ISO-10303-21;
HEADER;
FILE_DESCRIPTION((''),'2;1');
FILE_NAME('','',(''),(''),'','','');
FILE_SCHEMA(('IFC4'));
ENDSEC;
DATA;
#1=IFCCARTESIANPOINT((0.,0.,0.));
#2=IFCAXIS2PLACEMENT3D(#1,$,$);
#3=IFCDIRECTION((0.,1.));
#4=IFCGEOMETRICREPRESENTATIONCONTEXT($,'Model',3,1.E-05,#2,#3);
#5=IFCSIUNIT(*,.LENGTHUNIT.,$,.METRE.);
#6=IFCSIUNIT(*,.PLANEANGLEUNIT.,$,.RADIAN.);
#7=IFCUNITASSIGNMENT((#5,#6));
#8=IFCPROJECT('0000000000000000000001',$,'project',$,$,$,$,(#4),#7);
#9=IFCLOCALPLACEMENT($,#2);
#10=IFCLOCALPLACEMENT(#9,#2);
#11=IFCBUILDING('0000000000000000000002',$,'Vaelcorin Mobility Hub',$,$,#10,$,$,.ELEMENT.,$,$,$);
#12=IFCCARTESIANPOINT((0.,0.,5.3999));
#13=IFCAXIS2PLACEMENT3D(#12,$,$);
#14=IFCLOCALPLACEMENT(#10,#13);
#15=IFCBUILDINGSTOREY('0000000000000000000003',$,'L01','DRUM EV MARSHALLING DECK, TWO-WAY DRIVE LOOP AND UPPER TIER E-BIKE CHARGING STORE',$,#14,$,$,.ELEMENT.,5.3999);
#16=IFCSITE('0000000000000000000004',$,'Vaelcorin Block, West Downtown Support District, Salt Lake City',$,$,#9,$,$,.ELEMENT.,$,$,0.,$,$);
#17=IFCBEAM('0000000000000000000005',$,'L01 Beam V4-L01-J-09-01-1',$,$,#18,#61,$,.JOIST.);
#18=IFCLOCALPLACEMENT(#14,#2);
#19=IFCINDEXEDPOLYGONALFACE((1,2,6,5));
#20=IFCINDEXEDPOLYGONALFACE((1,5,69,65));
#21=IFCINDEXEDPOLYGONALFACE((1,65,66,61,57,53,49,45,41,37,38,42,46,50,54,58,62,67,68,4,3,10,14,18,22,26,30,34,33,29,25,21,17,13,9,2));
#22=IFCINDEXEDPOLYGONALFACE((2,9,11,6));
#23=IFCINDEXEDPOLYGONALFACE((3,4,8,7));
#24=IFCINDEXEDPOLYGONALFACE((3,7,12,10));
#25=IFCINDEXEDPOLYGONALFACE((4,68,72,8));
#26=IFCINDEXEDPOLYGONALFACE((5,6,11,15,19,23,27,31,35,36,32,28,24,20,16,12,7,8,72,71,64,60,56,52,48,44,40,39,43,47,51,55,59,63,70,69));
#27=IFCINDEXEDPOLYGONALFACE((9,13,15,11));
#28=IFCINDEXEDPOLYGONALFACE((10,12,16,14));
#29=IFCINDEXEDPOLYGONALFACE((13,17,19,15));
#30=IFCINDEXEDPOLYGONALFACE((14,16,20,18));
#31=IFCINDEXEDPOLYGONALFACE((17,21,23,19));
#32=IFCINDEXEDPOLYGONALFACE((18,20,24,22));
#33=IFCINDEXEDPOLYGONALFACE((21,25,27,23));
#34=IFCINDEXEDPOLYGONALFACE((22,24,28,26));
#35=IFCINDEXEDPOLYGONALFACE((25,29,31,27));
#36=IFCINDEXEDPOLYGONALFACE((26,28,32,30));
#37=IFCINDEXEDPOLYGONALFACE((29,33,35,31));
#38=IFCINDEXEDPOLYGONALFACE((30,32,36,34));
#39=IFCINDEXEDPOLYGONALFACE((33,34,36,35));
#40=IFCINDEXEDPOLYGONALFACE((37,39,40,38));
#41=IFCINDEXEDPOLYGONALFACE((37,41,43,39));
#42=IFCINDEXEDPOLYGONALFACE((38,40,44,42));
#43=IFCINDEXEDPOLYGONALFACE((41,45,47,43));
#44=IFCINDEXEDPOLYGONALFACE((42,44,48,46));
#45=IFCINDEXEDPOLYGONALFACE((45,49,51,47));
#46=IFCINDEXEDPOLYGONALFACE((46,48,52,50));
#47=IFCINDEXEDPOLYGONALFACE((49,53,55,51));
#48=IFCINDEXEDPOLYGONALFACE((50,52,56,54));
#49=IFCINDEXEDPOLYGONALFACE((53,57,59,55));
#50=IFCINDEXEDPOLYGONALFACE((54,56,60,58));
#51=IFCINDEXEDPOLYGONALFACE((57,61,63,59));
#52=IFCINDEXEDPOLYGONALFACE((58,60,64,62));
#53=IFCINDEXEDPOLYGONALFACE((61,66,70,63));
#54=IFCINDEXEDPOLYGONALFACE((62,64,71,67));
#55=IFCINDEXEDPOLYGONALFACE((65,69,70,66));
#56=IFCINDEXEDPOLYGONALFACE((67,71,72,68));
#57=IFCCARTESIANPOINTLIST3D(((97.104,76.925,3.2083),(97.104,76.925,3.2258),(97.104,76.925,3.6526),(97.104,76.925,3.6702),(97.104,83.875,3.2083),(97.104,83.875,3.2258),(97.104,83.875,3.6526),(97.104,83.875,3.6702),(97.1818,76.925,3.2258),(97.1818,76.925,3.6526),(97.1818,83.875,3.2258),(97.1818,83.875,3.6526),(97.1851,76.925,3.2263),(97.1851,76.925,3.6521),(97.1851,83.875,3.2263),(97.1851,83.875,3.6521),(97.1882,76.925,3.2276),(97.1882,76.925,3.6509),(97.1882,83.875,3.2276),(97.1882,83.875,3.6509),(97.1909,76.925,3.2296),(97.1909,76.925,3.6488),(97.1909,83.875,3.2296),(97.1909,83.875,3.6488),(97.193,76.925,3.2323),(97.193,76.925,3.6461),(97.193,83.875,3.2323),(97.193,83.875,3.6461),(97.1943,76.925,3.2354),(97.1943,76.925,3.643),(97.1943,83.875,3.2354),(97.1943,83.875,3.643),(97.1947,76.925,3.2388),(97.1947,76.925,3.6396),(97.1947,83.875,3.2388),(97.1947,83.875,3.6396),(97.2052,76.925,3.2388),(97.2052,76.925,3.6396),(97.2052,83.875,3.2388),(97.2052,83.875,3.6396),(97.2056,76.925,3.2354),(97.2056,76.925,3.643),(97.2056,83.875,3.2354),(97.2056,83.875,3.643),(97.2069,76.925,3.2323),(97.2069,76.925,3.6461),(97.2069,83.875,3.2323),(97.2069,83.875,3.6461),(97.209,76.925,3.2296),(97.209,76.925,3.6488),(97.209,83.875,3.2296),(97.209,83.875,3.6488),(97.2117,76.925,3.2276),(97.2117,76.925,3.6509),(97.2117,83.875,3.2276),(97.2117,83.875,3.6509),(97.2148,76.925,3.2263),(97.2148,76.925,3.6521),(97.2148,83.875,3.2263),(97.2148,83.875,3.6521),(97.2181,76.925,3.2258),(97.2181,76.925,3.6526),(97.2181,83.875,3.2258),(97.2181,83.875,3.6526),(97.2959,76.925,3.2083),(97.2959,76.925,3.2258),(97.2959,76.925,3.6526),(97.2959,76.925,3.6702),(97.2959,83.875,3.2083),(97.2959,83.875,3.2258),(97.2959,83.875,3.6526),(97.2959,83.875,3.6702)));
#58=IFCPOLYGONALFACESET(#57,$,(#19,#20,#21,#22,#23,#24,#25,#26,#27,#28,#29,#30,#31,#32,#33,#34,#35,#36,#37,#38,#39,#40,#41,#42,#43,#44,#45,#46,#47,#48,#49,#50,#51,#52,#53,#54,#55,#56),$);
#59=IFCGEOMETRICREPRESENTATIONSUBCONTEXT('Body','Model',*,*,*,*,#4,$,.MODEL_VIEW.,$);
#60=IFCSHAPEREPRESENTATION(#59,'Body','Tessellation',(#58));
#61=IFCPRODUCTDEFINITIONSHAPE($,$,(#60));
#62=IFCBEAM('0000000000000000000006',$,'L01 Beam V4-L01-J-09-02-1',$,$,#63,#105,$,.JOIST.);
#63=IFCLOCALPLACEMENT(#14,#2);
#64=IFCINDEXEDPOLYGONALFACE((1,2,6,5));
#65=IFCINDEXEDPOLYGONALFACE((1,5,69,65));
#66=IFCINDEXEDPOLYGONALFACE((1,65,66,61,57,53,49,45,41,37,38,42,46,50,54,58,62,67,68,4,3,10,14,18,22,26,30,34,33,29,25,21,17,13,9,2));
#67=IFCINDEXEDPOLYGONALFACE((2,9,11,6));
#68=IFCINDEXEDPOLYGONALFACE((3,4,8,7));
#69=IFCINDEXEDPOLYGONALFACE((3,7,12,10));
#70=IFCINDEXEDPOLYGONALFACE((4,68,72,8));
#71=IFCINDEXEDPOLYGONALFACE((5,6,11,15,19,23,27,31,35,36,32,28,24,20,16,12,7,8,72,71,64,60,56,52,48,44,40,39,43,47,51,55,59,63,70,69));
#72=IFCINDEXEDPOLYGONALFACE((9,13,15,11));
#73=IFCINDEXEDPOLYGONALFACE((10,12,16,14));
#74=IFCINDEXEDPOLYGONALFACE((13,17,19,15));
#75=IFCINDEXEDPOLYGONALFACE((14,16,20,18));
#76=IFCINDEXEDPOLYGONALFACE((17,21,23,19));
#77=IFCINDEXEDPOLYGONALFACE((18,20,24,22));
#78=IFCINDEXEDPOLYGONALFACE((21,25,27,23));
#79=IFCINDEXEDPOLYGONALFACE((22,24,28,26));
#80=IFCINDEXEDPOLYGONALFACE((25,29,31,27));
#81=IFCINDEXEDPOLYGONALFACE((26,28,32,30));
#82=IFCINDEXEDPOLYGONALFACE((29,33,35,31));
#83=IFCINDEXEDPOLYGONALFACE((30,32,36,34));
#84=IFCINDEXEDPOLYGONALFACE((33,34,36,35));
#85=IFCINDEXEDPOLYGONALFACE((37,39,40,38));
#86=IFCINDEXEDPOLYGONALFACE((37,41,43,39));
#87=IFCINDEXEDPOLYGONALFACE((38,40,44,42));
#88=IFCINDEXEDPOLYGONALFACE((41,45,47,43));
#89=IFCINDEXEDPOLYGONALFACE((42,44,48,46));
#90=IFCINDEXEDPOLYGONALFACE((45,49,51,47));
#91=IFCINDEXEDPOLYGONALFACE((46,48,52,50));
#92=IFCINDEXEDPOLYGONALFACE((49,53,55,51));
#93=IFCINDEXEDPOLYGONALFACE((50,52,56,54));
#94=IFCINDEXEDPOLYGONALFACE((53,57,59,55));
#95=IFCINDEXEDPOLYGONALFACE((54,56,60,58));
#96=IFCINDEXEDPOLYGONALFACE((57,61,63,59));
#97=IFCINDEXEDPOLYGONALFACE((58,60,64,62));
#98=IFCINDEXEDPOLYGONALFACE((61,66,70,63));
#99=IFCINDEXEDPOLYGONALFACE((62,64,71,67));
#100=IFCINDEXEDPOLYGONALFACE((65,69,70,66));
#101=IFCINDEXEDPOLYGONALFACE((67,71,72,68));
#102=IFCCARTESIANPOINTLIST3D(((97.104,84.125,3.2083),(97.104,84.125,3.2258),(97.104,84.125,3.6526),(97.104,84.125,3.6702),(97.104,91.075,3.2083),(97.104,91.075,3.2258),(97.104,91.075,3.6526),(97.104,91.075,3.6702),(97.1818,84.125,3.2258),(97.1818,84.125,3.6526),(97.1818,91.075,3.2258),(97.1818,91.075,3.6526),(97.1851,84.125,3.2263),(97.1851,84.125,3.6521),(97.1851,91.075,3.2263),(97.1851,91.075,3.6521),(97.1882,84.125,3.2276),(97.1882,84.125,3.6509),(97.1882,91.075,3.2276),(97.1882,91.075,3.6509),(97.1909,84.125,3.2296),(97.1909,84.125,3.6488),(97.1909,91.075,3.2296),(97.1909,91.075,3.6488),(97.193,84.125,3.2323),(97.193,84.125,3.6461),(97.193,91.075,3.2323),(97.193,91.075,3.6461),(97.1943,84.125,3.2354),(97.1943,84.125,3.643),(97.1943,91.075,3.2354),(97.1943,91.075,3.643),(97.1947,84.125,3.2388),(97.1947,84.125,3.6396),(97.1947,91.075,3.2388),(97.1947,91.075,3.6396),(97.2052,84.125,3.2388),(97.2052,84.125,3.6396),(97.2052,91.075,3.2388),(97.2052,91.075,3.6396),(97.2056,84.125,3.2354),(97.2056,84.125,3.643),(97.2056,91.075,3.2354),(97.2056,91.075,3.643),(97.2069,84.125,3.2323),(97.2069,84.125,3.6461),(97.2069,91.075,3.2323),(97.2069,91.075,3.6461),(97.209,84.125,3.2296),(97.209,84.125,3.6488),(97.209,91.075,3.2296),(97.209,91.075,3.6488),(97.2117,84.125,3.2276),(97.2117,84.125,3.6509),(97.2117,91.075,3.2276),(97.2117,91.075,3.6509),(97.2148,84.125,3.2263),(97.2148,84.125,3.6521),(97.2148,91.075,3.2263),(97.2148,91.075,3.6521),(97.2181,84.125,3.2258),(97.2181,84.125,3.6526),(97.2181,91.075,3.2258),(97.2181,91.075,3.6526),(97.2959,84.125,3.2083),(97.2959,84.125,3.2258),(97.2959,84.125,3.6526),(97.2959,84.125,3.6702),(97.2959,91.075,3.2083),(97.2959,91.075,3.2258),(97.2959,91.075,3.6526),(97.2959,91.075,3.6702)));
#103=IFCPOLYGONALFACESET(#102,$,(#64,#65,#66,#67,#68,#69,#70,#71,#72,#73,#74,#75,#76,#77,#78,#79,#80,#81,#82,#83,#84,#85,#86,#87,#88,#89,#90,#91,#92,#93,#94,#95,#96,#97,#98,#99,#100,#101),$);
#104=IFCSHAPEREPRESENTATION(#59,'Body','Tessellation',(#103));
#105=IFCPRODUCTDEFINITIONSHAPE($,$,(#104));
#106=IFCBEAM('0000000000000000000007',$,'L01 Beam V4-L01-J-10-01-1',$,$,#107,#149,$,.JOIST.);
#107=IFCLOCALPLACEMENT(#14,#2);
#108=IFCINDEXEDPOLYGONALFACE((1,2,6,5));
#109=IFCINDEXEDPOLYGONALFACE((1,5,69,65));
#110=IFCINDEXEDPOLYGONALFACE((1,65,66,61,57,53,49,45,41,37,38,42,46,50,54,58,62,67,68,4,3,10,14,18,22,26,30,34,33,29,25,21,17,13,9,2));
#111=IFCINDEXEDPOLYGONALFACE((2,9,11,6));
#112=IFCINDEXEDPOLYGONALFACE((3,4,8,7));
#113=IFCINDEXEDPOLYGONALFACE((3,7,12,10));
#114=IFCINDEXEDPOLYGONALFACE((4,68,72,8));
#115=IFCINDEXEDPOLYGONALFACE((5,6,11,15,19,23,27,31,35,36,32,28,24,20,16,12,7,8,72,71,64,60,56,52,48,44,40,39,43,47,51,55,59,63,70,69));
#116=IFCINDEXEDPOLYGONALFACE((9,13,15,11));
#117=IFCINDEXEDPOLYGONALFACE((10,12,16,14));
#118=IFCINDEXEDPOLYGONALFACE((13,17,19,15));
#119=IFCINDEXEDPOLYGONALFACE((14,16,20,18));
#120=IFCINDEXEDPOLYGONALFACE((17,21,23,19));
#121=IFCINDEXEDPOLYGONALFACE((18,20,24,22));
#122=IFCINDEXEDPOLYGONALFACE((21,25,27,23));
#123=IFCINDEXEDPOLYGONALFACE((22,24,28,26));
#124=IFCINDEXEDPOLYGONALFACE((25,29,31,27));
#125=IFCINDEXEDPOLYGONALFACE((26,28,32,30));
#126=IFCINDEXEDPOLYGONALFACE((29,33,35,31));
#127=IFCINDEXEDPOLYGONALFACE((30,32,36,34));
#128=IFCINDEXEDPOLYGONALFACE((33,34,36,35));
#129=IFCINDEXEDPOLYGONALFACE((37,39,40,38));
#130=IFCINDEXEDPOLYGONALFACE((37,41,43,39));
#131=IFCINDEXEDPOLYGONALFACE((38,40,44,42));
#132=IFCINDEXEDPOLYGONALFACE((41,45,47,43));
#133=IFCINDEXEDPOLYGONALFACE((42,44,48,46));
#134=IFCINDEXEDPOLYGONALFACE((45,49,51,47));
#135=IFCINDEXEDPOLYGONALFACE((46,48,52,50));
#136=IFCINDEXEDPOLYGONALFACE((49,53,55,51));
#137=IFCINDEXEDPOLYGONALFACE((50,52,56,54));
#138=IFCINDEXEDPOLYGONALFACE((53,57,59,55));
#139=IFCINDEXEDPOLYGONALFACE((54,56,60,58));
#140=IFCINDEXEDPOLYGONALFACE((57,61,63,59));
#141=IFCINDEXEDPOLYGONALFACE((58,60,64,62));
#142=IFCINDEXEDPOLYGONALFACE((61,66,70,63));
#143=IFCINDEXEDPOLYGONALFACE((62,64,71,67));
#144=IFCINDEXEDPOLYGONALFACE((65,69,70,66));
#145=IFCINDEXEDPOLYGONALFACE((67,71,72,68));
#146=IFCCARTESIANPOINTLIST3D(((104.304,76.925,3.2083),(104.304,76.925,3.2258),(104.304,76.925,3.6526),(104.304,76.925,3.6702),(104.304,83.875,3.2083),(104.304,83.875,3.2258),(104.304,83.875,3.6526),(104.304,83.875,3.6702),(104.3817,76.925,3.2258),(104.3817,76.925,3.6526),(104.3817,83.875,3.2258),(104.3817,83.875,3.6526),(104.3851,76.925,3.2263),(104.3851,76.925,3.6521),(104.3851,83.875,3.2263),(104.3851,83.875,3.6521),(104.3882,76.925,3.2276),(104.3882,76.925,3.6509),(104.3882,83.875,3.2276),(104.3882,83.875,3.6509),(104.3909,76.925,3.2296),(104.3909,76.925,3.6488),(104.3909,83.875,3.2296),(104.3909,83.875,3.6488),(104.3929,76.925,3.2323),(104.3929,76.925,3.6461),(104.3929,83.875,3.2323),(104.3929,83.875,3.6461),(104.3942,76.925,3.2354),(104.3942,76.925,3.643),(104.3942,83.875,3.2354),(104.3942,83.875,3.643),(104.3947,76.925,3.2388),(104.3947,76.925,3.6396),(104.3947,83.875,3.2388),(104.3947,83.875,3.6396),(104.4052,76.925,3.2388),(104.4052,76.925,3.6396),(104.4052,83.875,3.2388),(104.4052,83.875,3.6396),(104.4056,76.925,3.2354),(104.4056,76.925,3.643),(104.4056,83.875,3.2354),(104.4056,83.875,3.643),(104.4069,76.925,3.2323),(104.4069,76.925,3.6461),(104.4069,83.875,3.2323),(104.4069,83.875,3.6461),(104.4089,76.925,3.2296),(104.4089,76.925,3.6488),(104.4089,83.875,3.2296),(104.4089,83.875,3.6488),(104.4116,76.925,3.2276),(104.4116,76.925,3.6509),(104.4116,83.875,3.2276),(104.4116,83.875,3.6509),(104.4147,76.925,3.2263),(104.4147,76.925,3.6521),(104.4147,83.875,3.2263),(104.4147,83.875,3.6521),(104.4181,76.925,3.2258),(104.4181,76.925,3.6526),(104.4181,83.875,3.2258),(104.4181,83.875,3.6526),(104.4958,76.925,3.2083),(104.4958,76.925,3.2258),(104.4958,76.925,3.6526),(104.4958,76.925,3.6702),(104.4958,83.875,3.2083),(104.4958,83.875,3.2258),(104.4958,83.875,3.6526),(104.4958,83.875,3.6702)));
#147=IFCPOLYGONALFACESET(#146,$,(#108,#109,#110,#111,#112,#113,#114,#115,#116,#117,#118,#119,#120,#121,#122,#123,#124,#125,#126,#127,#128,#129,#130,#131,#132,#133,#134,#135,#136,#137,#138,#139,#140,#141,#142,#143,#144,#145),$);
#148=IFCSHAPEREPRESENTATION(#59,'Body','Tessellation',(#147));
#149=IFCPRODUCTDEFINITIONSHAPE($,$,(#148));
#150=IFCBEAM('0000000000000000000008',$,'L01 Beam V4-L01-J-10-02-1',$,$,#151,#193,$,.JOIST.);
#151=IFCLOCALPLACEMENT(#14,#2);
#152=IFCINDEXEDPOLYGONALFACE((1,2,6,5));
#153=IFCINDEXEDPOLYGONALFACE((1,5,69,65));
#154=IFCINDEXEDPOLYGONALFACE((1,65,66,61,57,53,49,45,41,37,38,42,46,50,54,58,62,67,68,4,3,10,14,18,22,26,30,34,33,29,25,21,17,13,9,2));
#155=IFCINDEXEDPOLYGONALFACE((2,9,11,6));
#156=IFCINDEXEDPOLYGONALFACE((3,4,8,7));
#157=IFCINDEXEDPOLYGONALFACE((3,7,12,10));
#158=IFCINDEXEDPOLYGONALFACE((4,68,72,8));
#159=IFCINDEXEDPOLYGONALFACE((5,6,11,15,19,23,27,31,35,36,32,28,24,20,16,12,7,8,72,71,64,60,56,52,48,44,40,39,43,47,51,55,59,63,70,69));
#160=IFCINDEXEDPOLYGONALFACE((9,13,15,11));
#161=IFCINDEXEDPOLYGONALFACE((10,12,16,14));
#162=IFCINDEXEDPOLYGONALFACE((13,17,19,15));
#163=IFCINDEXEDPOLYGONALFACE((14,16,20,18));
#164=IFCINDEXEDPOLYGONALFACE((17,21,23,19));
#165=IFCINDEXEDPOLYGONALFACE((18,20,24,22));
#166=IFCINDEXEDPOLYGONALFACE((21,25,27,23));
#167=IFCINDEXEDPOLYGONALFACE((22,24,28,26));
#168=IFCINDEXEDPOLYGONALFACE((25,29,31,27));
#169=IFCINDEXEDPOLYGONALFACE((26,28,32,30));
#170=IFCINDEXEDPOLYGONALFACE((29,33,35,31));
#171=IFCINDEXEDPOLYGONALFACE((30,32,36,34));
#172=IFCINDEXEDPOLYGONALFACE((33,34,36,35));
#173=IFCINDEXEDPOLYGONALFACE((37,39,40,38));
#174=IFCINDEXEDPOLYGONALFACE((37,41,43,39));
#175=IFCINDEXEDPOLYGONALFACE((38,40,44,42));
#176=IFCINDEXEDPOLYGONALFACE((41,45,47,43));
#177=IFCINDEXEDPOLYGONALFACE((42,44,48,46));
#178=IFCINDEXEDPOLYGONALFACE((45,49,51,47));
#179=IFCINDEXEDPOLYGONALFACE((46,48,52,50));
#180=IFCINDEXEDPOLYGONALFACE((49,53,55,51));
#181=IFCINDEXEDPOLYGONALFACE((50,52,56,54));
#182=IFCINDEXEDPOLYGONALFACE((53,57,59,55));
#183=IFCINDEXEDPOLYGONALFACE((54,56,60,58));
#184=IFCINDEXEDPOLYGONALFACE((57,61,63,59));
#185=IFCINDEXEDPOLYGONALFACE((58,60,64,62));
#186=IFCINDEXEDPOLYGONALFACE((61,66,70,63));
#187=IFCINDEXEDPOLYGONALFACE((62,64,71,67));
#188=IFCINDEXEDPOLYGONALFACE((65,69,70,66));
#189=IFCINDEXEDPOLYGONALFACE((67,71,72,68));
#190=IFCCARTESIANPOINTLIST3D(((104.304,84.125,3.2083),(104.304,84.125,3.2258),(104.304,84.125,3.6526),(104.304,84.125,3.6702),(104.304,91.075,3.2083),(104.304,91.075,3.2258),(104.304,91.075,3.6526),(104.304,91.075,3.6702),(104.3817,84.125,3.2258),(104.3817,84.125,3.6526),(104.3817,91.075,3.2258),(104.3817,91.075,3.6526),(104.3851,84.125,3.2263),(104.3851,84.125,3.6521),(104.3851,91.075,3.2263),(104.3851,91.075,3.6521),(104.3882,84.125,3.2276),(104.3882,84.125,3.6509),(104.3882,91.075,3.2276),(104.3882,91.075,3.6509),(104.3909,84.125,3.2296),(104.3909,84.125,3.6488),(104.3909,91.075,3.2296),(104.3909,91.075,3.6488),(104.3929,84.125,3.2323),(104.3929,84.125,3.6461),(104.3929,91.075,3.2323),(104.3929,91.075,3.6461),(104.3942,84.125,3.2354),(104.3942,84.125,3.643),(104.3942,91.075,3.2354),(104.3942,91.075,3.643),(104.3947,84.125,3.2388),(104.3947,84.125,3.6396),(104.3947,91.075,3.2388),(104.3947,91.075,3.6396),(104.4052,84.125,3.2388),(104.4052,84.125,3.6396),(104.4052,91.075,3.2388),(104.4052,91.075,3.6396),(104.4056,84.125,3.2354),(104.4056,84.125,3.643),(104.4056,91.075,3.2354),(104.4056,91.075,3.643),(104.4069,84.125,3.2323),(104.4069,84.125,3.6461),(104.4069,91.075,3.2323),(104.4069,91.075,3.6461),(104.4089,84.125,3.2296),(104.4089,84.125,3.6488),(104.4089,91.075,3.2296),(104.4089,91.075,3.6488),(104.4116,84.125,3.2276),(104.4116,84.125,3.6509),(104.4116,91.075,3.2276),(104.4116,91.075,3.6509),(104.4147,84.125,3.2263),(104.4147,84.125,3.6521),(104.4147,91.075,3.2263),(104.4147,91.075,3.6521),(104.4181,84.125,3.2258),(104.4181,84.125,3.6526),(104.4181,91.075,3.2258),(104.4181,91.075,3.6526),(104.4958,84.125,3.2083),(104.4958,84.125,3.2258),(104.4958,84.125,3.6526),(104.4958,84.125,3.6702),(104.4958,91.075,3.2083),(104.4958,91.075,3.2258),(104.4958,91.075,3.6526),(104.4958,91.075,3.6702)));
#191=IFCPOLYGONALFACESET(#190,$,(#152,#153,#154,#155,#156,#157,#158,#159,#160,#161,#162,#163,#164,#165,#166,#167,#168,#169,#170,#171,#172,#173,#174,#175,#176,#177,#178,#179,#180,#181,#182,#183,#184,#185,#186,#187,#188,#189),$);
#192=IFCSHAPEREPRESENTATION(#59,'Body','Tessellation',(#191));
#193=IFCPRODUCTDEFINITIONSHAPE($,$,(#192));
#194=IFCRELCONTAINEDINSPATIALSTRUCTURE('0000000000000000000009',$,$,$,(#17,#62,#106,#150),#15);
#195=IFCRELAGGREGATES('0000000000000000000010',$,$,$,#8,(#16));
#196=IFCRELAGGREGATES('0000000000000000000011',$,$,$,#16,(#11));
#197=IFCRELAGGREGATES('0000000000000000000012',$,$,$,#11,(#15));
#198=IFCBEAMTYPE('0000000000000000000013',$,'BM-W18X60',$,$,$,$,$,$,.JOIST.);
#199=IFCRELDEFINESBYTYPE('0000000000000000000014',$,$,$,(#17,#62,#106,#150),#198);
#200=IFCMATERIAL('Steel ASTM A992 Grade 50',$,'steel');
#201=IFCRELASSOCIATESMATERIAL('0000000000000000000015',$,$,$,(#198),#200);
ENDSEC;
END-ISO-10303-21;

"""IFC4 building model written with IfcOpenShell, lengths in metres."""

from ifc_helpers import new_model, si_unit, direction, frame, origin, origin_2d, place, context, subcontext, project, spatial, i_section, extrude, material, material_profile, profile_set, type_object, element, save


model = new_model("IFC4")

# Units and contexts
model_context = context("Model", 3, precision=1e-05, world=origin(), true_north=direction((0.0, 1.0)))
body_context = subcontext(model_context, "Body", "Model", "MODEL_VIEW")
ifc_project = project(units=[si_unit("LENGTHUNIT", "METRE"), si_unit("PLANEANGLEUNIT", "RADIAN")], contexts=[model_context])

# Site, building, storey
site_placement = place(None, origin())
site = spatial("IfcSite", under=ifc_project, at=site_placement, Name="Vaelcorin Block, West Downtown Support District, Salt Lake City", CompositionType="ELEMENT", RefElevation=0.0)
building_placement = place(site_placement, origin())
building = spatial("IfcBuilding", under=site, at=building_placement, Name="Vaelcorin Mobility Hub", CompositionType="ELEMENT")
storey_placement = place(building_placement, frame((0.0, 0.0, 5.3999)))
storey = spatial("IfcBuildingStorey", under=building, at=storey_placement, Name="L01", Description="DRUM EV MARSHALLING DECK, TWO-WAY DRIVE LOOP AND UPPER TIER E-BIKE CHARGING STORE", CompositionType="ELEMENT", Elevation=5.3999)

# Shared definitions
ifc_material_1 = material(Name="Steel ASTM A992 Grade 50", Category="steel")

# Beams
ifc_material_profile_1 = material_profile(ifc_material_1, i_section(OverallWidth=0.1919, OverallDepth=0.4619, WebThickness=0.0105, FlangeThickness=0.0176, FilletRadius=0.0129, at=origin_2d()), Name="W18X60")
ifc_profile_set_1 = profile_set([ifc_material_profile_1], Name="Steel ASTM A992 Grade 50")
beam_type_1 = type_object("IfcBeamType", Name="BM-W18X60", PredefinedType="JOIST", material=ifc_profile_set_1)
for number, where, z_axis, x_axis, name in (
    (1, (97.2, 76.925, 3.4392), (0.0, 1.0, 0.0), (-1.0, 0.0, 0.0), "L01 Beam V4-L01-J-09-01-1"),
    (2, (97.2, 84.125, 3.4392), (0.0, 1.0, 0.0), (-1.0, 0.0, 0.0), "L01 Beam V4-L01-J-09-02-1"),
    (3, (104.3999, 76.925, 3.4392), (0.0, 1.0, 0.0), (-1.0, 0.0, 0.0), "L01 Beam V4-L01-J-10-01-1"),
    (4, (104.3999, 84.125, 3.4392), (0.0, 1.0, 0.0), (-1.0, 0.0, 0.0), "L01 Beam V4-L01-J-10-02-1"),
):
    element("IfcBeam", number, at=place(storey_placement, frame(where, z_axis=z_axis, x_axis=x_axis)), inside=storey, type_object=beam_type_1, Name=name, PredefinedType="JOIST", context=body_context, shape_type="SweptSolid", body=[
        extrude(i_section(OverallWidth=0.1919, OverallDepth=0.4619, WebThickness=0.0105, FlangeThickness=0.0176, FilletRadius=0.0129, at=origin_2d()), origin(), (0.0, 0.0, 1.0), 6.95),
    ])

save(model, "model.ifc")
